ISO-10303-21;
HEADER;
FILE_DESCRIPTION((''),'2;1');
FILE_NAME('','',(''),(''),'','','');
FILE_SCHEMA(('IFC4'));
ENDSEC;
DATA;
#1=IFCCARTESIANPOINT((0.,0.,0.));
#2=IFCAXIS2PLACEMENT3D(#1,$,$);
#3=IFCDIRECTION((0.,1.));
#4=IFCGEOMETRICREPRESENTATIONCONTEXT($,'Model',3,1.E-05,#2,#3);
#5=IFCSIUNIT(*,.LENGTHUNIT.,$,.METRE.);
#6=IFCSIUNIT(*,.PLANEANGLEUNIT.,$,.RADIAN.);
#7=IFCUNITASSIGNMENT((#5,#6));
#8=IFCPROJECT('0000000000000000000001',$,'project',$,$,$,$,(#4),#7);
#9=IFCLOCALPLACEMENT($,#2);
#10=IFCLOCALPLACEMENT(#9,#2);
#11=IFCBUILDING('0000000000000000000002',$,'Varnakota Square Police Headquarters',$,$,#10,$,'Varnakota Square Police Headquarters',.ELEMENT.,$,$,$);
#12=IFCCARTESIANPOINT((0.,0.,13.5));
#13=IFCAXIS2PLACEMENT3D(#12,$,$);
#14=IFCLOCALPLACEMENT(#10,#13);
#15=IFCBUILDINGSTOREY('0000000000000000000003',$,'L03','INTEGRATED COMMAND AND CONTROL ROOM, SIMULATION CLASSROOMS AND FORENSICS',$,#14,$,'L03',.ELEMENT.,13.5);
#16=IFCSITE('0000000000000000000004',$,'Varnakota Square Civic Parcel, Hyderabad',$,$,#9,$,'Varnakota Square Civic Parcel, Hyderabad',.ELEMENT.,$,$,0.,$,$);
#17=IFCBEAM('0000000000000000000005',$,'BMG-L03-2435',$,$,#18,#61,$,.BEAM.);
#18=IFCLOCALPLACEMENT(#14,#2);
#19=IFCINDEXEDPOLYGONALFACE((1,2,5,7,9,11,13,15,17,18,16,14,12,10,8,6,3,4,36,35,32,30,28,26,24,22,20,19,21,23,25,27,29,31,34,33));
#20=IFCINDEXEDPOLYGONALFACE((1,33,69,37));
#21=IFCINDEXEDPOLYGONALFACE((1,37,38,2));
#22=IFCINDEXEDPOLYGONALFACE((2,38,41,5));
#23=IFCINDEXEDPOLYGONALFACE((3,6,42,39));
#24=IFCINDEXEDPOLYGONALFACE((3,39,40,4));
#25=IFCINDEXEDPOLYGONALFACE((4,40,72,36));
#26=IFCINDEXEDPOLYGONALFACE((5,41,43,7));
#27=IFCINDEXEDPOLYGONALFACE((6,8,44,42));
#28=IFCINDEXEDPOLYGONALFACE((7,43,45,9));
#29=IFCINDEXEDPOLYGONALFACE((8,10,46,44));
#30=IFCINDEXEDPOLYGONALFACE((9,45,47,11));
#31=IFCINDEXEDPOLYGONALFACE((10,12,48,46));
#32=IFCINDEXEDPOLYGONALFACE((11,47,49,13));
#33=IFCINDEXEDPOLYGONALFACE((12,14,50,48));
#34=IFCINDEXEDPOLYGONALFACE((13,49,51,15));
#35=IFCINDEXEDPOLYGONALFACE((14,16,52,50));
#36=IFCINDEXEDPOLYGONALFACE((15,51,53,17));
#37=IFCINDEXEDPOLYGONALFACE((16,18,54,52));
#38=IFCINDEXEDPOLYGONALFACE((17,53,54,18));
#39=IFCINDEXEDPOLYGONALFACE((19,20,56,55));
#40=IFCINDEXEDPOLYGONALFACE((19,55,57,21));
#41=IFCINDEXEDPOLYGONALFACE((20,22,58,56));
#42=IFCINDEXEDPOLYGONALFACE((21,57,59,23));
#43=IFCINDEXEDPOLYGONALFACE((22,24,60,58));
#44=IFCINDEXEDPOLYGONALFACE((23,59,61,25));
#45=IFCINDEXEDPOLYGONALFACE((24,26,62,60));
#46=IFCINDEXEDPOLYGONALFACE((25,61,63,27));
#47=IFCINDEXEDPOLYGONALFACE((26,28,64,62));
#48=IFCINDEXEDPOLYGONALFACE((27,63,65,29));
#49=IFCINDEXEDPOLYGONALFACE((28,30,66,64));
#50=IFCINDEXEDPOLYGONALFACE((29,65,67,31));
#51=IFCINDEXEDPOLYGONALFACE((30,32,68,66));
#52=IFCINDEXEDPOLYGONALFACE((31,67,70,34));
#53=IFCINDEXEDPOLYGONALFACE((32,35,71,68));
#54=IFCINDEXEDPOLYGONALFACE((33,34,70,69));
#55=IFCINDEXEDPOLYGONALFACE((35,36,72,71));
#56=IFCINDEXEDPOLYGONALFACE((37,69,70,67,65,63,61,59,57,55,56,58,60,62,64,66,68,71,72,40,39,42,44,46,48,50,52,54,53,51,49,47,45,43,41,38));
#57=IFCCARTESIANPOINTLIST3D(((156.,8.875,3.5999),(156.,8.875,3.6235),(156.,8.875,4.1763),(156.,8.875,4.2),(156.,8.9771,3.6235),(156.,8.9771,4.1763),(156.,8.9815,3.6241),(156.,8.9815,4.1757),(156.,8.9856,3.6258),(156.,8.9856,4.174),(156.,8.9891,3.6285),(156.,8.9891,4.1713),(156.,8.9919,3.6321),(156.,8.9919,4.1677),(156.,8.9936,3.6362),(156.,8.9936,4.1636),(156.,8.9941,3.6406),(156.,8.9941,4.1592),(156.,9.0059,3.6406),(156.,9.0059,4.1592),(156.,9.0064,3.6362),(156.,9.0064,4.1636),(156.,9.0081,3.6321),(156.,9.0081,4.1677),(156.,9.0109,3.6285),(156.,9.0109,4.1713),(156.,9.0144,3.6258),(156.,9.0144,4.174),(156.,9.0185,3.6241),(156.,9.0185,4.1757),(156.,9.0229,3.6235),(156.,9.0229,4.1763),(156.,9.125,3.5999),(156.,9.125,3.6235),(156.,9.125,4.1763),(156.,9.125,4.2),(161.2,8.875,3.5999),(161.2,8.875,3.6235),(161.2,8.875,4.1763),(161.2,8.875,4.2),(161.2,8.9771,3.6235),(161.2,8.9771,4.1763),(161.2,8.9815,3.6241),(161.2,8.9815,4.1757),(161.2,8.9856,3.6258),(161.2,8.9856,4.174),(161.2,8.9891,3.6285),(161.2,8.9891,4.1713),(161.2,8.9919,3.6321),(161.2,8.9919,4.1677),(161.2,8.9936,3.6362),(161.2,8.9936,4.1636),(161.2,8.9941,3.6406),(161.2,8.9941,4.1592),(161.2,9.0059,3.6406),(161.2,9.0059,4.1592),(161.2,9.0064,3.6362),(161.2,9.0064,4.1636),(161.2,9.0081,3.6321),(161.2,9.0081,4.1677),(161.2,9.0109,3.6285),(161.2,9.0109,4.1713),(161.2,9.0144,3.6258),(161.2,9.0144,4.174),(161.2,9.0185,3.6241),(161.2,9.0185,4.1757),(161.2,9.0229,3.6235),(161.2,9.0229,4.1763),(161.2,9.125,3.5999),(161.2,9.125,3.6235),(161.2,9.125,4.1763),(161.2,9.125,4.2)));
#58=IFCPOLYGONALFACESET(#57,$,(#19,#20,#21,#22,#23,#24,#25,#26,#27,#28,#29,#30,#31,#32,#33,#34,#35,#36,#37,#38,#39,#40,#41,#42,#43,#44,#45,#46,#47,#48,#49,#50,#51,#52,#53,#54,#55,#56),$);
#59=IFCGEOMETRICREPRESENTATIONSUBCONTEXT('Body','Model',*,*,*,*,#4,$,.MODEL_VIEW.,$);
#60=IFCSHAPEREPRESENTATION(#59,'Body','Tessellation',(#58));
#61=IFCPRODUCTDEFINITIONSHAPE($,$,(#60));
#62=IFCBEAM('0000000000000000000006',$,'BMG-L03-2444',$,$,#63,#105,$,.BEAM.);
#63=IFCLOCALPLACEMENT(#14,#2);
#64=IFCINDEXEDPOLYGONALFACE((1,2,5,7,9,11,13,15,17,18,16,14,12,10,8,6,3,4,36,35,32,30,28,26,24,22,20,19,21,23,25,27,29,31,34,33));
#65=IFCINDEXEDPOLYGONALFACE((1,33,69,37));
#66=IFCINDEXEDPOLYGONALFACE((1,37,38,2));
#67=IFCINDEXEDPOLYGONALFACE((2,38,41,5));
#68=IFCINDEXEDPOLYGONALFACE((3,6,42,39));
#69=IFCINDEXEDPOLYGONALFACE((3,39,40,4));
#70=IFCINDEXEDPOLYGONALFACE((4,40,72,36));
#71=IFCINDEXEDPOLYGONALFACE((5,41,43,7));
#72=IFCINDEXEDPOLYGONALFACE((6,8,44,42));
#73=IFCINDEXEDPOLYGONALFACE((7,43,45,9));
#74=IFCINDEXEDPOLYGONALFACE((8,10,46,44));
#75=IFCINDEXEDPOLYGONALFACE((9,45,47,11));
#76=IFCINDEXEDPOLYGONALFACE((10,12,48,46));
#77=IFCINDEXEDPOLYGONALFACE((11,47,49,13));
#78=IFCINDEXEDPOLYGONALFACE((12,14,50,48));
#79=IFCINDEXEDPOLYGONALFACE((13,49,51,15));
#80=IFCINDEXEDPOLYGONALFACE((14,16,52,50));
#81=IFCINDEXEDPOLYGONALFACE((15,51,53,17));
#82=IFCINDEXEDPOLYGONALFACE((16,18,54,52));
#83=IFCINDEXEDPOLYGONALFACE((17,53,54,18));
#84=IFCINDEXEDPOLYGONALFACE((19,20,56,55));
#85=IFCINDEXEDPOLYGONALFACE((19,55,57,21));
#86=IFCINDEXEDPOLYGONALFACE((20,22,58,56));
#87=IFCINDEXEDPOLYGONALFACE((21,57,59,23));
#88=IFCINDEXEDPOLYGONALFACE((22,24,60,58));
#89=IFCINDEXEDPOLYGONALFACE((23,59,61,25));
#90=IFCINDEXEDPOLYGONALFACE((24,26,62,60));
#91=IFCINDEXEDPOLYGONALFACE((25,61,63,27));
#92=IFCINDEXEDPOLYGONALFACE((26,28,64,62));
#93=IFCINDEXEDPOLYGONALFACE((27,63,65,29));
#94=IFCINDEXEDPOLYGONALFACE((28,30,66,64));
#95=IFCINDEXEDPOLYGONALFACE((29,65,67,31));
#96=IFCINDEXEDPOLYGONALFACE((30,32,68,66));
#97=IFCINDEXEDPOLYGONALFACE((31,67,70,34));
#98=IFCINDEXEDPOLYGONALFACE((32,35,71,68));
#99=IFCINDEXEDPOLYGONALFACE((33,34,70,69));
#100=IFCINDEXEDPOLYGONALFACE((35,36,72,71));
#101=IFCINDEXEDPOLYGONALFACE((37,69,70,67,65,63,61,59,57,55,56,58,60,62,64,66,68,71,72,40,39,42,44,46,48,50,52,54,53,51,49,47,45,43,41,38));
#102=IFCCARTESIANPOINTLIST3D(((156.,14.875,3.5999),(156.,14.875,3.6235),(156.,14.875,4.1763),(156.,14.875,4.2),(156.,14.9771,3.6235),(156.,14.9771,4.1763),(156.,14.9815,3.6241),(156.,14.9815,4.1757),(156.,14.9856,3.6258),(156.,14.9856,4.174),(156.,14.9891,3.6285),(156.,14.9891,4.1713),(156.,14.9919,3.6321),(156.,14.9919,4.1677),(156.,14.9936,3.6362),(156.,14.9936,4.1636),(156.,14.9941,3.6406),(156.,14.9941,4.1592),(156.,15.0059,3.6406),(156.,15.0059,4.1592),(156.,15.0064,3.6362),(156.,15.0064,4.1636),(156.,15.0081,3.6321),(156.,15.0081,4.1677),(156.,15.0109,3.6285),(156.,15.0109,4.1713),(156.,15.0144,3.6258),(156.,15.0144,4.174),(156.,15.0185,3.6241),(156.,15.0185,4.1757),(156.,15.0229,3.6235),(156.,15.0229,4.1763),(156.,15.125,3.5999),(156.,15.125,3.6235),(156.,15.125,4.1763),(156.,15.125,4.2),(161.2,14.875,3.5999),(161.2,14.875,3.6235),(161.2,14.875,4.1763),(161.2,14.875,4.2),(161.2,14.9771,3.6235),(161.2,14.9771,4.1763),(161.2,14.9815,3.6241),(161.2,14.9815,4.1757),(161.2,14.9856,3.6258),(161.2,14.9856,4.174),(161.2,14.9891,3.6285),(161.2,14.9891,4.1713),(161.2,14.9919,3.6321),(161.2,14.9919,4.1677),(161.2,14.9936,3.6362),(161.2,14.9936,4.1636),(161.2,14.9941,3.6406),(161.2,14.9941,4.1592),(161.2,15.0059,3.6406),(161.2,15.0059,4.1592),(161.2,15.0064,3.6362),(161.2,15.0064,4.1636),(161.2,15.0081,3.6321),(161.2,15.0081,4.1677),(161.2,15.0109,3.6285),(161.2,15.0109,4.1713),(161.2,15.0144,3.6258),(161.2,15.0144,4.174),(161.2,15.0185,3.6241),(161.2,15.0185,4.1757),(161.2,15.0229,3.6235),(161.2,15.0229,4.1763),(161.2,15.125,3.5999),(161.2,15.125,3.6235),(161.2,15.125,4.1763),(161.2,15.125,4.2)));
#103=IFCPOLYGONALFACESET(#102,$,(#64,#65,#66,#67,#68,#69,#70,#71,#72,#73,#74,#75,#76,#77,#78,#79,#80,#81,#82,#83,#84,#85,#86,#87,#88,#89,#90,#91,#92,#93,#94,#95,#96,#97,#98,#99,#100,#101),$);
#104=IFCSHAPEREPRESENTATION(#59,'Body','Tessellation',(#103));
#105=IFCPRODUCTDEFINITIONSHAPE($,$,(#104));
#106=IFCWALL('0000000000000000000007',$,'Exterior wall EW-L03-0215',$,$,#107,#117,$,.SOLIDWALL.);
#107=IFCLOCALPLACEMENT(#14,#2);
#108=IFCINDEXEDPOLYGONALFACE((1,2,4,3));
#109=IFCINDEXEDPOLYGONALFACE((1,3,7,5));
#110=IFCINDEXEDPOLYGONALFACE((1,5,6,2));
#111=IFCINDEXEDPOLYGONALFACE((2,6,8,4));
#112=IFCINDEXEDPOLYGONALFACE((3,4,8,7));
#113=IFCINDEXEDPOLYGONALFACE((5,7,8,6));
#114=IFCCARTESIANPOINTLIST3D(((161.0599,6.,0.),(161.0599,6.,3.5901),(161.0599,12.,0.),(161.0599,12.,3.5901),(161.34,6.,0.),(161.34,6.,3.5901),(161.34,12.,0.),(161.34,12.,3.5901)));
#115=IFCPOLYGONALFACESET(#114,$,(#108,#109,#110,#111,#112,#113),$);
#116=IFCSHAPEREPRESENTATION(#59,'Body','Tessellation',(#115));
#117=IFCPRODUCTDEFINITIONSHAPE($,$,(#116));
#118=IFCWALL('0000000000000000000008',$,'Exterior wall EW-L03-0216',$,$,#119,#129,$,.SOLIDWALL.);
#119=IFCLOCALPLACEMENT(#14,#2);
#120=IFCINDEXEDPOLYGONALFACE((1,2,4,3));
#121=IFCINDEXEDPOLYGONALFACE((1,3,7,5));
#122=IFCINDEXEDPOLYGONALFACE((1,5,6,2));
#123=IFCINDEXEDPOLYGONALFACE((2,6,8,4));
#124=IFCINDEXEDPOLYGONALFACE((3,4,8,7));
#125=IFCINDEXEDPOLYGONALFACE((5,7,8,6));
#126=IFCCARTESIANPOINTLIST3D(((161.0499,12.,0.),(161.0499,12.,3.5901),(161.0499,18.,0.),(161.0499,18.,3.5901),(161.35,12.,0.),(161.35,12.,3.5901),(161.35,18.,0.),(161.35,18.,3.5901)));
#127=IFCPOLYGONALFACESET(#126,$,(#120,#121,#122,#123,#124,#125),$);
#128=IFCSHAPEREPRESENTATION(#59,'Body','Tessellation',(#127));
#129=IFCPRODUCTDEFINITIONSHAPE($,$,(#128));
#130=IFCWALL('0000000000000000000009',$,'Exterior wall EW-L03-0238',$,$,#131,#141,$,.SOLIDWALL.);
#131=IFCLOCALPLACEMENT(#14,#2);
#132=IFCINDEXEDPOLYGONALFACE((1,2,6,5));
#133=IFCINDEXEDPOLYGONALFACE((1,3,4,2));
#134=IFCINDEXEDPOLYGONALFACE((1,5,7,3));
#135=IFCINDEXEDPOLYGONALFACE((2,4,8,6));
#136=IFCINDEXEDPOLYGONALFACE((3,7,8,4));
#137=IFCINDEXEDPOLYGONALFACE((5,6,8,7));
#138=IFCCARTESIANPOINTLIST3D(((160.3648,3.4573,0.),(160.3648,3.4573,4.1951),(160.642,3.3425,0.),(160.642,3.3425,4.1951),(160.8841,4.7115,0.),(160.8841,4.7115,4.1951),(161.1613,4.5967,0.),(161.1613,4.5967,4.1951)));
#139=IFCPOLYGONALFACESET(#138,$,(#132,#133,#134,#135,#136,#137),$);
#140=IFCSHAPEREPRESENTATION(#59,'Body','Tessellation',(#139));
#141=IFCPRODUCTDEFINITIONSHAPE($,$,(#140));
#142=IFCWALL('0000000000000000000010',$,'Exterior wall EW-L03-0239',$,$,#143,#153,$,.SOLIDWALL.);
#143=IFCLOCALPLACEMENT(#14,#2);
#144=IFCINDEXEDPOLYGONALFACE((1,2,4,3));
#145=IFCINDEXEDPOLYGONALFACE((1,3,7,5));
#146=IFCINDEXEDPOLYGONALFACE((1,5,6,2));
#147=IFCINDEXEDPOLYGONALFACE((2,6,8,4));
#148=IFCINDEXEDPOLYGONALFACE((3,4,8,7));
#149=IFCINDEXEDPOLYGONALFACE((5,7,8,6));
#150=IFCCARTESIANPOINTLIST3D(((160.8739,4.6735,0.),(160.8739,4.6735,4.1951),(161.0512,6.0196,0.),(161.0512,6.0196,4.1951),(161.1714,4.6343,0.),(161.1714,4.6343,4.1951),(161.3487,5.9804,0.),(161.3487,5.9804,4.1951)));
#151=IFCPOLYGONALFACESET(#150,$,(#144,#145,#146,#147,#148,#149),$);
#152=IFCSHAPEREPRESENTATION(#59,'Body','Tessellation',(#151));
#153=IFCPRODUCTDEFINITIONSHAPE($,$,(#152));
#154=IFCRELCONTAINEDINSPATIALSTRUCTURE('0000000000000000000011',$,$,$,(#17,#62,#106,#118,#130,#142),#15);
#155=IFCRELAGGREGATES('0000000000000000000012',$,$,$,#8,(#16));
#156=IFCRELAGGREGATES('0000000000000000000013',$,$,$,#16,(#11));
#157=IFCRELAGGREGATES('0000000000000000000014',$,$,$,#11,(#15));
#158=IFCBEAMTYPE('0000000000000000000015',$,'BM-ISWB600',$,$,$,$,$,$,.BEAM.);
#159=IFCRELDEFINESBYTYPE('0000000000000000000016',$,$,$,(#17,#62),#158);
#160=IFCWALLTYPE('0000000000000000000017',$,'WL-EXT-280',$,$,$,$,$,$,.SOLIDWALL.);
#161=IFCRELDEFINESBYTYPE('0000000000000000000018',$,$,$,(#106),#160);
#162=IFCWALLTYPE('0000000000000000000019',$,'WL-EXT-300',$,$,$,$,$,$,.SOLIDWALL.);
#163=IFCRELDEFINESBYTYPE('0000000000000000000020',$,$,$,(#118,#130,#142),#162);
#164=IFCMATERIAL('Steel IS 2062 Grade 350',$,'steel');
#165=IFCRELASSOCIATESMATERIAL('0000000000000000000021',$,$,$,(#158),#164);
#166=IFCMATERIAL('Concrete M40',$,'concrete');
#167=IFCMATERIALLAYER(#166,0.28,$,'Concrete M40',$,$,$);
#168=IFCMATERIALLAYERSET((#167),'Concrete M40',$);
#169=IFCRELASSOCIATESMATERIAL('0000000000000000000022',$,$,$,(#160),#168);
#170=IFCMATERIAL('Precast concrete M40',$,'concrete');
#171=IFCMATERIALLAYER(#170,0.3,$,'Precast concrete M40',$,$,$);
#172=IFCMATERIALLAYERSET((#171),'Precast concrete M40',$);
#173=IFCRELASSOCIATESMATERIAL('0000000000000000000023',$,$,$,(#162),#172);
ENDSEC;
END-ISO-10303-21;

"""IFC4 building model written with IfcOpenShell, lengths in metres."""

from ifc_helpers import new_model, si_unit, direction, frame, frame_2d, origin, origin_2d, place, context, subcontext, project, spatial, rectangle, i_section, extrude, material, layer, layer_set, material_profile, profile_set, type_object, element, save


model = new_model("IFC4")

# Units and contexts
model_context = context("Model", 3, precision=1e-05, world=origin(), true_north=direction((0.0, 1.0)))
body_context = subcontext(model_context, "Body", "Model", "MODEL_VIEW")
ifc_project = project(units=[si_unit("LENGTHUNIT", "METRE"), si_unit("PLANEANGLEUNIT", "RADIAN")], contexts=[model_context])

# Site, building, storey
site_placement = place(None, origin())
site = spatial("IfcSite", under=ifc_project, at=site_placement, Name="Varnakota Square Civic Parcel, Hyderabad", LongName="Varnakota Square Civic Parcel, Hyderabad", CompositionType="ELEMENT", RefElevation=0.0)
building_placement = place(site_placement, origin())
building = spatial("IfcBuilding", under=site, at=building_placement, Name="Varnakota Square Police Headquarters", LongName="Varnakota Square Police Headquarters", CompositionType="ELEMENT")
storey_placement = place(building_placement, frame((0.0, 0.0, 13.5)))
storey = spatial("IfcBuildingStorey", under=building, at=storey_placement, Name="L03", Description="INTEGRATED COMMAND AND CONTROL ROOM, SIMULATION CLASSROOMS AND FORENSICS", LongName="L03", CompositionType="ELEMENT", Elevation=13.5)

# Shared definitions
ifc_material_1 = material(Name="Steel IS 2062 Grade 350", Category="steel")

# Beams
ifc_material_profile_1 = material_profile(ifc_material_1, i_section(OverallWidth=0.25, OverallDepth=0.6001, WebThickness=0.0117, FlangeThickness=0.0237, FilletRadius=0.0171, at=origin_2d()), Name="ISWB 600")
ifc_profile_set_1 = profile_set([ifc_material_profile_1], Name="Steel IS 2062 Grade 350")
beam_type_1 = type_object("IfcBeamType", Name="BM-ISWB600", PredefinedType="BEAM", material=ifc_profile_set_1)
for number, where, z_axis, x_axis, name in (
    (1, (156.0, 9.0, 3.8999), (1.0, 0.0, 0.0), (0.0, 1.0, 0.0), "BMG-L03-2435"),
    (2, (156.0, 15.0, 3.8999), (1.0, 0.0, 0.0), (0.0, 1.0, 0.0), "BMG-L03-2444"),
):
    element("IfcBeam", number, at=place(storey_placement, frame(where, z_axis=z_axis, x_axis=x_axis)), inside=storey, type_object=beam_type_1, Name=name, PredefinedType="BEAM", context=body_context, shape_type="SweptSolid", body=[
        extrude(i_section(OverallWidth=0.25, OverallDepth=0.6001, WebThickness=0.0117, FlangeThickness=0.0237, FilletRadius=0.0171, at=origin_2d()), origin(), (0.0, 0.0, 1.0), 5.2),
    ])

# Walls
ifc_material_2 = material(Name="Concrete M40", Category="concrete")
ifc_layer_1 = layer(ifc_material_2, 0.28, Name="Concrete M40")
ifc_layer_set_1 = layer_set([ifc_layer_1], Name="Concrete M40")
wall_type_1 = type_object("IfcWallType", Name="WL-EXT-280", PredefinedType="SOLIDWALL", material=ifc_layer_set_1)
wall_1_placement = place(storey_placement, frame((161.2, 6.0, 0.0), z_axis=(0.0, 0.0, 1.0), x_axis=(0.0, 1.0, 0.0)))
element("IfcWall", 3, at=wall_1_placement, inside=storey, type_object=wall_type_1, Name="Exterior wall EW-L03-0215", PredefinedType="SOLIDWALL", context=body_context, shape_type="SweptSolid", body=[
    extrude(rectangle(XDim=6.0, YDim=0.28, at=frame_2d((3.0, 0.0))), origin(), (0.0, 0.0, 1.0), 3.5901),
])
ifc_material_3 = material(Name="Precast concrete M40", Category="concrete")
ifc_layer_2 = layer(ifc_material_3, 0.3, Name="Precast concrete M40")
ifc_layer_set_2 = layer_set([ifc_layer_2], Name="Precast concrete M40")
wall_type_2 = type_object("IfcWallType", Name="WL-EXT-300", PredefinedType="SOLIDWALL", material=ifc_layer_set_2)
wall_2_placement = place(storey_placement, frame((161.2, 12.0, 0.0), z_axis=(0.0, 0.0, 1.0), x_axis=(0.0, 1.0, 0.0)))
element("IfcWall", 4, at=wall_2_placement, inside=storey, type_object=wall_type_2, Name="Exterior wall EW-L03-0216", PredefinedType="SOLIDWALL", context=body_context, shape_type="SweptSolid", body=[
    extrude(rectangle(XDim=6.0, YDim=0.3, at=frame_2d((3.0, 0.0))), origin(), (0.0, 0.0, 1.0), 3.5901),
])
wall_3_placement = place(storey_placement, frame((160.5034, 3.3999, 0.0), z_axis=(0.0, 0.0, 1.0), x_axis=(0.382558, 0.923931, 0.0)))
element("IfcWall", 5, at=wall_3_placement, inside=storey, type_object=wall_type_2, Name="Exterior wall EW-L03-0238", PredefinedType="SOLIDWALL", context=body_context, shape_type="SweptSolid", body=[
    extrude(rectangle(XDim=1.3574, YDim=0.3, at=frame_2d((0.6787, 0.0))), origin(), (0.0, 0.0, 1.0), 4.1951),
])
wall_4_placement = place(storey_placement, frame((161.0227, 4.6541, 0.0), z_axis=(0.0, 0.0, 1.0), x_axis=(0.130562, 0.99144, 0.0)))
element("IfcWall", 6, at=wall_4_placement, inside=storey, type_object=wall_type_2, Name="Exterior wall EW-L03-0239", PredefinedType="SOLIDWALL", context=body_context, shape_type="SweptSolid", body=[
    extrude(rectangle(XDim=1.3577, YDim=0.3, at=frame_2d((0.6787, 0.0))), origin(), (0.0, 0.0, 1.0), 4.1951),
])

save(model, "model.ifc")
